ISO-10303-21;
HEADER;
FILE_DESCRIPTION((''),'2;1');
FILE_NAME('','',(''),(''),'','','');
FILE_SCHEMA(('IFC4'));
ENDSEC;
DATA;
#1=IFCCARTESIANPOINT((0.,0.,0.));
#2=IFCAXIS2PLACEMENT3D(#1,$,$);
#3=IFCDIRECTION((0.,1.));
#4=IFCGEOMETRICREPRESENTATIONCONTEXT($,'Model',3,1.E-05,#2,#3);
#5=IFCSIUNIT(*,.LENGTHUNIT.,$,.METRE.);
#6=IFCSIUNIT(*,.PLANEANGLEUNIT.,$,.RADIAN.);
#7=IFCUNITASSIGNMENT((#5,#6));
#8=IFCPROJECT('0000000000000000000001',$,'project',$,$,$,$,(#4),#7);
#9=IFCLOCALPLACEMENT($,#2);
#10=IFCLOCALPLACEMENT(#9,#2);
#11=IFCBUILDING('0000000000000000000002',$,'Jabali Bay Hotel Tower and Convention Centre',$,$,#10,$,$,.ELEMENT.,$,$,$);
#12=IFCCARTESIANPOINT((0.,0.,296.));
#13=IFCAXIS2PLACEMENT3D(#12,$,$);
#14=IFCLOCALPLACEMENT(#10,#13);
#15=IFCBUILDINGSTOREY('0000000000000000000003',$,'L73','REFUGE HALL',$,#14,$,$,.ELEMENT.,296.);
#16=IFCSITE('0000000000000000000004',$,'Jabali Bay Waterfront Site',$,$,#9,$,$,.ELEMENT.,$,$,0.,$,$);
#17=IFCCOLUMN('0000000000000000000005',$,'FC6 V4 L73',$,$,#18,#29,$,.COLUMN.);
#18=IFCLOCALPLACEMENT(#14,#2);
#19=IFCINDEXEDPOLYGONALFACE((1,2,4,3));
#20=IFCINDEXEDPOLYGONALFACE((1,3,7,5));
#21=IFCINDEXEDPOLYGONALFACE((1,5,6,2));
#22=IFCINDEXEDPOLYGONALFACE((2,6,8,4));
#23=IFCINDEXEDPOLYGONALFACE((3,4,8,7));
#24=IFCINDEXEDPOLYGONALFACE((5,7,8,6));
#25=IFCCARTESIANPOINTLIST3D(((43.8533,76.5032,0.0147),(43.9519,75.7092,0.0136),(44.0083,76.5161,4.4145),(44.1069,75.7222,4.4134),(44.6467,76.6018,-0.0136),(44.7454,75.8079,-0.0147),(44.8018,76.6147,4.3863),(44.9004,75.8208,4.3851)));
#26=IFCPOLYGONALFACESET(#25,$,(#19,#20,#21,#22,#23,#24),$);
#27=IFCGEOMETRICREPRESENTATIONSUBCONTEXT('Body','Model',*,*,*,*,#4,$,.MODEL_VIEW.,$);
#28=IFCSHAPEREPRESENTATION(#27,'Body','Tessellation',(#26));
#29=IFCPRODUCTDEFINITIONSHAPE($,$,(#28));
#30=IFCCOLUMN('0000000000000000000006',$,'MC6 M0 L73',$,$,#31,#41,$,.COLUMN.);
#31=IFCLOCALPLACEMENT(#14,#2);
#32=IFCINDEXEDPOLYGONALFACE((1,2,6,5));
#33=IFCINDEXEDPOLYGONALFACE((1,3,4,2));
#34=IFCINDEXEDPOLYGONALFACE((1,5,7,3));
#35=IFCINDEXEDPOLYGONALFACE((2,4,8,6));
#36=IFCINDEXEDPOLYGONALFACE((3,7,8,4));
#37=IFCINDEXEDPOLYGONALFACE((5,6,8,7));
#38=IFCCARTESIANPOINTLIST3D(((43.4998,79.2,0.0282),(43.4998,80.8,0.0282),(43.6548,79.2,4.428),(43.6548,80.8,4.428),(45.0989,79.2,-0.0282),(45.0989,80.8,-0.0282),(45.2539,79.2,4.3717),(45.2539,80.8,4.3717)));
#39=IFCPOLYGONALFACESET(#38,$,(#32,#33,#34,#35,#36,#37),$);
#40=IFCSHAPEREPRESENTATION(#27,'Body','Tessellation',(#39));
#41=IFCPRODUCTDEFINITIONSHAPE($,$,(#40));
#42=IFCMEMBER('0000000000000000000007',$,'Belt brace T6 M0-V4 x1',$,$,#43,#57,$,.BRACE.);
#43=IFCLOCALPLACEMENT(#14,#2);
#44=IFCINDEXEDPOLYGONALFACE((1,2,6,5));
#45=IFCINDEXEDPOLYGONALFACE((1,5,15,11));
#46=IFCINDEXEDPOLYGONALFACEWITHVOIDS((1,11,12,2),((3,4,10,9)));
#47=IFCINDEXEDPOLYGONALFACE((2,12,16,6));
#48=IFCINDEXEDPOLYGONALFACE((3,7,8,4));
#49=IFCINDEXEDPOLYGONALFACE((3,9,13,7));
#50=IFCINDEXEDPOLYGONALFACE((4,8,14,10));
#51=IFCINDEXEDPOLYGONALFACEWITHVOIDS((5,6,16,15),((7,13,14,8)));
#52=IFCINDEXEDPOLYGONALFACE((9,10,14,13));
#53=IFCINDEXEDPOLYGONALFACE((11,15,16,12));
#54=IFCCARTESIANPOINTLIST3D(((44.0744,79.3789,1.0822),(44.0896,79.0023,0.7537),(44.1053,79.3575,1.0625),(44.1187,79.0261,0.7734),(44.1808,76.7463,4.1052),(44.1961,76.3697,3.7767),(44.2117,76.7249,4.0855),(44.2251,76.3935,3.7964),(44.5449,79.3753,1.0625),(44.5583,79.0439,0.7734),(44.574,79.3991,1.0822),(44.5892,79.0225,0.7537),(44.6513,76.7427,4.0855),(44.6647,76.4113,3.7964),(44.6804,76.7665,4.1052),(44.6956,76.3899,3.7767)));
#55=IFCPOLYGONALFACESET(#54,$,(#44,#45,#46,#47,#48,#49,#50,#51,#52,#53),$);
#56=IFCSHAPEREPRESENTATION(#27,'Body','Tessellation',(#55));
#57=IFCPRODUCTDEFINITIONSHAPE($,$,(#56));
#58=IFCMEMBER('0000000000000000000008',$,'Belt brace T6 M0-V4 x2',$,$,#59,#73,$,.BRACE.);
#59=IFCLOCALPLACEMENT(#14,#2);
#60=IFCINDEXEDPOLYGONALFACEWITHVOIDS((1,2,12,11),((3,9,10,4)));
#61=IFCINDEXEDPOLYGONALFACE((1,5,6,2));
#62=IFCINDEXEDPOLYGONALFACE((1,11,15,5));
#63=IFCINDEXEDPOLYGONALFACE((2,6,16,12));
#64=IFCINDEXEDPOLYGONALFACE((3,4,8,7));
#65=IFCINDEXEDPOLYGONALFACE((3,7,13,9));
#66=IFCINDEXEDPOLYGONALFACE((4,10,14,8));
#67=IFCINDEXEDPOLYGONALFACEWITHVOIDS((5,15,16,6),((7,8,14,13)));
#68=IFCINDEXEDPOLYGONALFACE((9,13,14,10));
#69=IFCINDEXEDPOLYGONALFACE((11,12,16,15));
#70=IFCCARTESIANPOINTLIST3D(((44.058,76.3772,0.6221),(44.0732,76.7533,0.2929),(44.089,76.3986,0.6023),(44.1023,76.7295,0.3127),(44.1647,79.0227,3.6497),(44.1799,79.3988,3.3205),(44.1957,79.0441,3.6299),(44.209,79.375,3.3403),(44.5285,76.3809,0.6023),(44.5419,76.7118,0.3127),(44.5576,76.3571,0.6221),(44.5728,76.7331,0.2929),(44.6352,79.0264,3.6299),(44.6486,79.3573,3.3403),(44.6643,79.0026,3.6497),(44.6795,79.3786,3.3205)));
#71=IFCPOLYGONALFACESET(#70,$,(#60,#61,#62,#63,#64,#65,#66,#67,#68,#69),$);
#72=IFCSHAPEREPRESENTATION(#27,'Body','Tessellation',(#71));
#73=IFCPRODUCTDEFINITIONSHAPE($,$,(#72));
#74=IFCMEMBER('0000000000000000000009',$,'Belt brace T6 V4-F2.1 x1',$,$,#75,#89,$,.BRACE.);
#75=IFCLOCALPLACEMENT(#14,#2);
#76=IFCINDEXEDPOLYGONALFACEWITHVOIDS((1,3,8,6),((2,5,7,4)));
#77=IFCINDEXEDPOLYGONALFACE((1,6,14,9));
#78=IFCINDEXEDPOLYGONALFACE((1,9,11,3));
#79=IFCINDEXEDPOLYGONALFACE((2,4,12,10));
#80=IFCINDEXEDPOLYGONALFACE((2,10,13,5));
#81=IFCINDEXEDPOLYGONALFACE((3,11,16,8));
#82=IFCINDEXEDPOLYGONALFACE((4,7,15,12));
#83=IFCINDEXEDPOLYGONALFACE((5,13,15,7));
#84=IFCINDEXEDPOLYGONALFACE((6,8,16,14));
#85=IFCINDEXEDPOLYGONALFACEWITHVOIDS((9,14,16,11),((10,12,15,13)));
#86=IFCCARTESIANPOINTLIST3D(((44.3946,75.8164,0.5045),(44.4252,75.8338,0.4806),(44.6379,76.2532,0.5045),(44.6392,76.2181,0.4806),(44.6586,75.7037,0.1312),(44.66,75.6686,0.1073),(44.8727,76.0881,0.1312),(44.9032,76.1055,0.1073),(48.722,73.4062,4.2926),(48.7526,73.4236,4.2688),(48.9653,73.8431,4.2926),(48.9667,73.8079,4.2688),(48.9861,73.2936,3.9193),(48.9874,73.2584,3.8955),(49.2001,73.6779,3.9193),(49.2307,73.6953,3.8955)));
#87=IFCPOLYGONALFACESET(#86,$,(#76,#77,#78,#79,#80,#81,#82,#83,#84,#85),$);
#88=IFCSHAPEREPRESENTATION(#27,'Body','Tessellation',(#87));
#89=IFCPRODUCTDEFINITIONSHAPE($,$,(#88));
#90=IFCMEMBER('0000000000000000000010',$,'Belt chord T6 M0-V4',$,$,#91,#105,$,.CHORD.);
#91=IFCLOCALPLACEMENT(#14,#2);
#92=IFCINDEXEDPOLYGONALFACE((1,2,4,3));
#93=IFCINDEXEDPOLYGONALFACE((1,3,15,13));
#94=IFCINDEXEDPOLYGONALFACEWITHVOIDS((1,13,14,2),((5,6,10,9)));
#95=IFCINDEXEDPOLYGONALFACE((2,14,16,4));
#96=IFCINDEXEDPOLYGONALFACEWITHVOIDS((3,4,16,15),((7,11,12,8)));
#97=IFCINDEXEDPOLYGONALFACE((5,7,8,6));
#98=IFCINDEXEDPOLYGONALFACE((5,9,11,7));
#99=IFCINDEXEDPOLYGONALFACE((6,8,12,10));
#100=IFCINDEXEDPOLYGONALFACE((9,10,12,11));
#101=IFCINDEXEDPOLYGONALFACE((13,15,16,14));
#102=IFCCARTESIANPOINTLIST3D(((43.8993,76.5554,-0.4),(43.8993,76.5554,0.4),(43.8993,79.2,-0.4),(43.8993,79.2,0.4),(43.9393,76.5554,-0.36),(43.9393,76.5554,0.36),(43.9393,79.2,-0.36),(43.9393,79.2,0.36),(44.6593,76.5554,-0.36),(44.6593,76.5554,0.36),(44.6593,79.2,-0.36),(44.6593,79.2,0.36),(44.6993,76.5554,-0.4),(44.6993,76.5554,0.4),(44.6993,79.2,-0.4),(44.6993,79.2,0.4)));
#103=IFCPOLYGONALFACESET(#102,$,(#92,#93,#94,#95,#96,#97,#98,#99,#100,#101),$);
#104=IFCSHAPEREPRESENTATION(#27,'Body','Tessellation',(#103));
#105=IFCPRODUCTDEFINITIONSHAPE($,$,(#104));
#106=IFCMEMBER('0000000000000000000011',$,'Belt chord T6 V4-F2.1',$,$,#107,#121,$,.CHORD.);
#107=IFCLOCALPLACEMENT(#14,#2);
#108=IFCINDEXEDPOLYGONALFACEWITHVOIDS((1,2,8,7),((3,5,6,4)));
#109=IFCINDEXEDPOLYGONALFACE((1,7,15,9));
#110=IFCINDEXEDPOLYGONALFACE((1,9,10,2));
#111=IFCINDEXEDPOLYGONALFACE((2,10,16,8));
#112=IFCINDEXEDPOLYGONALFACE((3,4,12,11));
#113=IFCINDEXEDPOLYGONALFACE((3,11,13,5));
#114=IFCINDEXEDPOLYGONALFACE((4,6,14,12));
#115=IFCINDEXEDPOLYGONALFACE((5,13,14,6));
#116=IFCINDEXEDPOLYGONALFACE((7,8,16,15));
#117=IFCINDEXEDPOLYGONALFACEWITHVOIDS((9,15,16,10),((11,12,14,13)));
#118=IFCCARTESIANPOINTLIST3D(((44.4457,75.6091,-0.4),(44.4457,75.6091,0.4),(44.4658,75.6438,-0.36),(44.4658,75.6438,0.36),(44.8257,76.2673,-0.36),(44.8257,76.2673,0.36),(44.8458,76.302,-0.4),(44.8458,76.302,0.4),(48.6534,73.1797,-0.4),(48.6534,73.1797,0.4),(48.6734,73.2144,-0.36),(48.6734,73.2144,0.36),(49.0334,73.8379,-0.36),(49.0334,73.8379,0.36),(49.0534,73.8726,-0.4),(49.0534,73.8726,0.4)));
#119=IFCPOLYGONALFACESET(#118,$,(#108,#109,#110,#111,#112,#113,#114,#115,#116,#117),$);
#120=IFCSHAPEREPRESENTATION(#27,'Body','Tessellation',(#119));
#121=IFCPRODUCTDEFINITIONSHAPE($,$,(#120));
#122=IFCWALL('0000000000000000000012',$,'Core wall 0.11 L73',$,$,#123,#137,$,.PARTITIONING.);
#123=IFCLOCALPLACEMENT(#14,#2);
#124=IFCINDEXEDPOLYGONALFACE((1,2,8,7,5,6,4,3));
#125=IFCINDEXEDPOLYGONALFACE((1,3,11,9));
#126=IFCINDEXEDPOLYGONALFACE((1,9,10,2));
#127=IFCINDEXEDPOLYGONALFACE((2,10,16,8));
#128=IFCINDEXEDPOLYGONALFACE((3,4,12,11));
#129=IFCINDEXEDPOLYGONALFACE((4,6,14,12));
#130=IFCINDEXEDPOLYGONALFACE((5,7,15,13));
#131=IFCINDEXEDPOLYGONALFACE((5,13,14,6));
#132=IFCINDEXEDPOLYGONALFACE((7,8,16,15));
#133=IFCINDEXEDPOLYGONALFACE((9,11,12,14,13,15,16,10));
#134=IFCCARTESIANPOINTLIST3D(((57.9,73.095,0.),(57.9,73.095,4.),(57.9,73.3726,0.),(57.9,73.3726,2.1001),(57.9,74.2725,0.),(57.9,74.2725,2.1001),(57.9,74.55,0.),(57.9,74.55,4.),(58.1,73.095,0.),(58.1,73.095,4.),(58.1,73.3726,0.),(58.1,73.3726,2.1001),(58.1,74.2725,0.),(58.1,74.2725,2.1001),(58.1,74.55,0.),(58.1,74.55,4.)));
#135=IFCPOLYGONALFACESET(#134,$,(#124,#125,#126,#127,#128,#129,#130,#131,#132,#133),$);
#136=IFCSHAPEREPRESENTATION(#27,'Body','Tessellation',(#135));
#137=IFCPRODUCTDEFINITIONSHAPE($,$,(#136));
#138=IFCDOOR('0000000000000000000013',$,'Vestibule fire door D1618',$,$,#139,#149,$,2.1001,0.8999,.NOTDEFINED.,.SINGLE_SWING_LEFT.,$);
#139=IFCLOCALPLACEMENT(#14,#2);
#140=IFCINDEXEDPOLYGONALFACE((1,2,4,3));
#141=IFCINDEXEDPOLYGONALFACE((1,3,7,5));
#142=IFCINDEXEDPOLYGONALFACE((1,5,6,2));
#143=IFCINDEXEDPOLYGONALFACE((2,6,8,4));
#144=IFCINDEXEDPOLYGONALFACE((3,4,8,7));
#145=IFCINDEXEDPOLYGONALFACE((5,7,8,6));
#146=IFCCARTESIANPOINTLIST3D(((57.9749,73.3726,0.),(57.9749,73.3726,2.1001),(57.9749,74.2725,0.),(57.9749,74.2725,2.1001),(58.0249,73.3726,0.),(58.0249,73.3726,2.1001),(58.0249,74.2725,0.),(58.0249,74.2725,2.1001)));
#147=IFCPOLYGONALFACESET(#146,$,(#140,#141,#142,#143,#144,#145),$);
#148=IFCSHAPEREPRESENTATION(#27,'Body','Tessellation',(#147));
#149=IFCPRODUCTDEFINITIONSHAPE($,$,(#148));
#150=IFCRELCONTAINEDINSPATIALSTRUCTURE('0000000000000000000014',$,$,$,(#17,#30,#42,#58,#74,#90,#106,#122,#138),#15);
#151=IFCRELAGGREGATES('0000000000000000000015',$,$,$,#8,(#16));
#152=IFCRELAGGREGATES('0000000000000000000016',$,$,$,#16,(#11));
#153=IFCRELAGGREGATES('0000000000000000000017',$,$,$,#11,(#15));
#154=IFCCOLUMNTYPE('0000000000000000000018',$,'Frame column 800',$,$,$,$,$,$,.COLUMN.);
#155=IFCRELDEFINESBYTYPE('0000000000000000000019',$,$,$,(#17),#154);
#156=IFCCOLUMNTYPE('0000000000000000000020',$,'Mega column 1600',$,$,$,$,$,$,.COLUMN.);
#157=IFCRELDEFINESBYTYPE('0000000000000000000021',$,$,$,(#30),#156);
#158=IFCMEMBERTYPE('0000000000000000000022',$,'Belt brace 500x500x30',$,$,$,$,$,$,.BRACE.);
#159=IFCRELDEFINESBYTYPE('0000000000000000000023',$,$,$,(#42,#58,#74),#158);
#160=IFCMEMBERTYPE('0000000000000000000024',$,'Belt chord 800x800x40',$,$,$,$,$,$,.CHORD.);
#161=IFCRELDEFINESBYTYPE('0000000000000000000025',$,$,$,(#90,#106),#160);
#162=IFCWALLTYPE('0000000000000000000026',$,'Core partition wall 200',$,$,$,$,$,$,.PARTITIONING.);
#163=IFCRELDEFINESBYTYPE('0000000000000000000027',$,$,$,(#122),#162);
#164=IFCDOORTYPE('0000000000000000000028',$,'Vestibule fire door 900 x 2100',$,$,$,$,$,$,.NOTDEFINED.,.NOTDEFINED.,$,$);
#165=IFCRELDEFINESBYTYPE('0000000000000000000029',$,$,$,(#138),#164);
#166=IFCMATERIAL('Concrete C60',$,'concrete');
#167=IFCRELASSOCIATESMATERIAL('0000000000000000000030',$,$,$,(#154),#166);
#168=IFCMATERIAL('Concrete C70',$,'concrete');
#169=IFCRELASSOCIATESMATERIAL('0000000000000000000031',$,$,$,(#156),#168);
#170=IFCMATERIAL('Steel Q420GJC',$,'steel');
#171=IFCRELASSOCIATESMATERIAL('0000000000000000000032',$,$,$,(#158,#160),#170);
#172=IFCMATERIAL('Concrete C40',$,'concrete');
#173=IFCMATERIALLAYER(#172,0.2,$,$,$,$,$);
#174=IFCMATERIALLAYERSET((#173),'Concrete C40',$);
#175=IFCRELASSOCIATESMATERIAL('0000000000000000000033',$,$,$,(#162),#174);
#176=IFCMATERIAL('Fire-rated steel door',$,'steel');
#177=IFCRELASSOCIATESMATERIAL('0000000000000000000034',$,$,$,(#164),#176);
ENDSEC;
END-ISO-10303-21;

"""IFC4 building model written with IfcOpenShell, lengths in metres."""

from ifc_helpers import new_model, si_unit, direction, frame, frame_2d, origin, origin_2d, place, context, subcontext, project, spatial, rectangle, hollow_rectangle, extrude, material, layer, layer_set, material_profile, profile_set, type_object, element, fill, save


model = new_model("IFC4")

# Units and contexts
model_context = context("Model", 3, precision=1e-05, world=origin(), true_north=direction((0.0, 1.0)))
body_context = subcontext(model_context, "Body", "Model", "MODEL_VIEW")
ifc_project = project(units=[si_unit("LENGTHUNIT", "METRE"), si_unit("PLANEANGLEUNIT", "RADIAN")], contexts=[model_context])

# Site, building, storey
site_placement = place(None, origin())
site = spatial("IfcSite", under=ifc_project, at=site_placement, Name="Jabali Bay Waterfront Site", CompositionType="ELEMENT", RefElevation=0.0)
building_placement = place(site_placement, origin())
building = spatial("IfcBuilding", under=site, at=building_placement, Name="Jabali Bay Hotel Tower and Convention Centre", CompositionType="ELEMENT")
storey_placement = place(building_placement, frame((0.0, 0.0, 296.0)))
storey = spatial("IfcBuildingStorey", under=building, at=storey_placement, Name="L73", Description="REFUGE HALL", CompositionType="ELEMENT", Elevation=296.0)

# Columns
ifc_material_1 = material(Name="Concrete C60", Category="concrete")
ifc_material_profile_1 = material_profile(ifc_material_1, rectangle(XDim=0.8, YDim=0.8, at=origin_2d()), Name="Frame column 800")
ifc_profile_set_1 = profile_set([ifc_material_profile_1], Name="Concrete C60")
column_type_1 = type_object("IfcColumnType", Name="Frame column 800", PredefinedType="COLUMN", material=ifc_profile_set_1)
column_1_placement = place(storey_placement, frame((44.2993, 76.1555, 0.0), z_axis=(0.035213, 0.002939, 0.999376), x_axis=(-0.123282, 0.992371, 0.001425)))
element("IfcColumn", 1, at=column_1_placement, inside=storey, type_object=column_type_1, Name="FC6 V4 L73", PredefinedType="COLUMN", context=body_context, shape_type="SweptSolid", body=[
    extrude(rectangle(XDim=0.8, YDim=0.8, at=origin_2d()), origin(), (0.0, 0.0, 1.0), 4.4026),
])
ifc_material_2 = material(Name="Concrete C70", Category="concrete")
ifc_material_profile_2 = material_profile(ifc_material_2, rectangle(XDim=1.6001, YDim=1.6001, at=origin_2d()), Name="Mega column 1600")
ifc_profile_set_2 = profile_set([ifc_material_profile_2], Name="Concrete C70")
column_type_2 = type_object("IfcColumnType", Name="Mega column 1600", PredefinedType="COLUMN", material=ifc_profile_set_2)
column_2_placement = place(storey_placement, frame((44.2993, 80.0, 0.0), z_axis=(0.035213, 0.0, 0.99938), x_axis=(0.0, 1.0, 0.0)))
element("IfcColumn", 2, at=column_2_placement, inside=storey, type_object=column_type_2, Name="MC6 M0 L73", PredefinedType="COLUMN", context=body_context, shape_type="SweptSolid", body=[
    extrude(rectangle(XDim=1.6001, YDim=1.6001, at=origin_2d()), origin(), (0.0, 0.0, 1.0), 4.4026),
])

# Members
ifc_material_3 = material(Name="Steel Q420GJC", Category="steel")
ifc_material_profile_3 = material_profile(ifc_material_3, hollow_rectangle(XDim=0.5, YDim=0.5, WallThickness=0.03, at=origin_2d()), Name="Belt brace 500x500x30")
ifc_profile_set_3 = profile_set([ifc_material_profile_3], Name="Steel Q420GJC")
member_type_1 = type_object("IfcMemberType", Name="Belt brace 500x500x30", PredefinedType="BRACE", material=ifc_profile_set_3)
member_1_placement = place(storey_placement, frame((44.3318, 79.2007, 0.918), z_axis=(0.026545, -0.656504, 0.753856), x_axis=(0.999184, 0.040401, 0.0)))
element("IfcMember", 3, at=member_1_placement, inside=storey, type_object=member_type_1, Name="Belt brace T6 M0-V4 x1", PredefinedType="BRACE", context=body_context, shape_type="SweptSolid", body=[
    extrude(hollow_rectangle(XDim=0.5, YDim=0.5, WallThickness=0.03, at=origin_2d()), origin(), (0.0, 0.0, 1.0), 4.01),
])
member_2_placement = place(storey_placement, frame((44.3154, 76.5552, 0.4575), z_axis=(0.026527, 0.657761, 0.752759), x_axis=(-0.999188, 0.040296, 0.0)))
element("IfcMember", 4, at=member_2_placement, inside=storey, type_object=member_type_1, Name="Belt brace T6 M0-V4 x2", PredefinedType="BRACE", context=body_context, shape_type="SweptSolid", body=[
    extrude(hollow_rectangle(XDim=0.5, YDim=0.5, WallThickness=0.03, at=origin_2d()), origin(), (0.0, 0.0, 1.0), 4.022),
])
member_3_placement = place(storey_placement, frame((44.6489, 75.9609, 0.3059), z_axis=(0.693963, -0.386505, 0.607477), x_axis=(0.486576, 0.873638, 0.0)))
element("IfcMember", 5, at=member_3_placement, inside=storey, type_object=member_type_1, Name="Belt brace T6 V4-F2.1 x1", PredefinedType="BRACE", context=body_context, shape_type="SweptSolid", body=[
    extrude(hollow_rectangle(XDim=0.5, YDim=0.5, WallThickness=0.03, at=origin_2d()), origin(), (0.0, 0.0, 1.0), 6.2358),
])
ifc_material_profile_4 = material_profile(ifc_material_3, hollow_rectangle(XDim=0.8, YDim=0.8, WallThickness=0.04, at=origin_2d()), Name="Belt chord 800x800x40")
ifc_profile_set_4 = profile_set([ifc_material_profile_4], Name="Steel Q420GJC")
member_type_2 = type_object("IfcMemberType", Name="Belt chord 800x800x40", PredefinedType="CHORD", material=ifc_profile_set_4)
member_4_placement = place(storey_placement, frame((44.2993, 79.2, 0.0), z_axis=(0.0, -1.0, 0.0), x_axis=(1.0, 0.0, 0.0)))
element("IfcMember", 6, at=member_4_placement, inside=storey, type_object=member_type_2, Name="Belt chord T6 M0-V4", PredefinedType="CHORD", context=body_context, shape_type="SweptSolid", body=[
    extrude(hollow_rectangle(XDim=0.8, YDim=0.8, WallThickness=0.04, at=origin_2d()), origin(), (0.0, 0.0, 1.0), 2.6445),
])
member_5_placement = place(storey_placement, frame((44.6458, 75.9556, 0.0), z_axis=(0.866017, -0.500014, 0.0), x_axis=(0.500014, 0.866017, 0.0)))
element("IfcMember", 7, at=member_5_placement, inside=storey, type_object=member_type_2, Name="Belt chord T6 V4-F2.1", PredefinedType="CHORD", context=body_context, shape_type="SweptSolid", body=[
    extrude(hollow_rectangle(XDim=0.8, YDim=0.8, WallThickness=0.04, at=origin_2d()), origin(), (0.0, 0.0, 1.0), 4.8586),
])

# Wall, opening, door
ifc_material_4 = material(Name="Concrete C40", Category="concrete")
ifc_layer_1 = layer(ifc_material_4, 0.2)
ifc_layer_set_1 = layer_set([ifc_layer_1], Name="Concrete C40")
wall_type_1 = type_object("IfcWallType", Name="Core partition wall 200", PredefinedType="PARTITIONING", material=ifc_layer_set_1)
wall_1_placement = place(storey_placement, frame((58.0, 74.55, 0.0), z_axis=(0.0, 0.0, 1.0), x_axis=(0.0, -1.0, 0.0)))
wall_1 = element("IfcWall", 8, at=wall_1_placement, inside=storey, type_object=wall_type_1, Name="Core wall 0.11 L73", PredefinedType="PARTITIONING", context=body_context, shape_type="SweptSolid", body=[
    extrude(rectangle(XDim=1.4551, YDim=0.2, at=frame_2d((0.7275, 0.0))), origin(), (0.0, 0.0, 1.0), 4.0),
])
opening_1_placement = place(wall_1_placement, frame((0.2776, 0.0, 0.0)))
opening_1 = element("IfcOpeningElement", 9, at=opening_1_placement, cuts=wall_1, PredefinedType="OPENING", context=body_context, shape_type="SweptSolid", body=[
    extrude(rectangle(XDim=0.8999, YDim=2.1001, at=frame_2d((0.45, 1.05))), frame((0.0, 0.1104, 0.0), z_axis=(0.0, -1.0, 0.0), x_axis=(1.0, 0.0, 0.0)), (0.0, 0.0, 1.0), 0.2209),
])
ifc_material_5 = material(Name="Fire-rated steel door", Category="steel")
door_type_1 = type_object("IfcDoorType", Name="Vestibule fire door 900 x 2100", OperationType="NOTDEFINED", PredefinedType="NOTDEFINED", material=ifc_material_5)
door_1_placement = place(opening_1_placement, origin())
door_1 = element("IfcDoor", 10, at=door_1_placement, inside=storey, type_object=door_type_1, Name="Vestibule fire door D1618", OperationType="SINGLE_SWING_LEFT", OverallHeight=2.1001, OverallWidth=0.8999, PredefinedType="NOTDEFINED", context=body_context, shape_type="SweptSolid", body=[
    extrude(rectangle(XDim=0.8999, YDim=2.1001, at=frame_2d((0.45, 1.05))), frame((0.0, 0.0249, 0.0), z_axis=(0.0, -1.0, 0.0), x_axis=(1.0, 0.0, 0.0)), (0.0, 0.0, 1.0), 0.05),
])
fill(opening_1, door_1)

save(model, "model.ifc")
